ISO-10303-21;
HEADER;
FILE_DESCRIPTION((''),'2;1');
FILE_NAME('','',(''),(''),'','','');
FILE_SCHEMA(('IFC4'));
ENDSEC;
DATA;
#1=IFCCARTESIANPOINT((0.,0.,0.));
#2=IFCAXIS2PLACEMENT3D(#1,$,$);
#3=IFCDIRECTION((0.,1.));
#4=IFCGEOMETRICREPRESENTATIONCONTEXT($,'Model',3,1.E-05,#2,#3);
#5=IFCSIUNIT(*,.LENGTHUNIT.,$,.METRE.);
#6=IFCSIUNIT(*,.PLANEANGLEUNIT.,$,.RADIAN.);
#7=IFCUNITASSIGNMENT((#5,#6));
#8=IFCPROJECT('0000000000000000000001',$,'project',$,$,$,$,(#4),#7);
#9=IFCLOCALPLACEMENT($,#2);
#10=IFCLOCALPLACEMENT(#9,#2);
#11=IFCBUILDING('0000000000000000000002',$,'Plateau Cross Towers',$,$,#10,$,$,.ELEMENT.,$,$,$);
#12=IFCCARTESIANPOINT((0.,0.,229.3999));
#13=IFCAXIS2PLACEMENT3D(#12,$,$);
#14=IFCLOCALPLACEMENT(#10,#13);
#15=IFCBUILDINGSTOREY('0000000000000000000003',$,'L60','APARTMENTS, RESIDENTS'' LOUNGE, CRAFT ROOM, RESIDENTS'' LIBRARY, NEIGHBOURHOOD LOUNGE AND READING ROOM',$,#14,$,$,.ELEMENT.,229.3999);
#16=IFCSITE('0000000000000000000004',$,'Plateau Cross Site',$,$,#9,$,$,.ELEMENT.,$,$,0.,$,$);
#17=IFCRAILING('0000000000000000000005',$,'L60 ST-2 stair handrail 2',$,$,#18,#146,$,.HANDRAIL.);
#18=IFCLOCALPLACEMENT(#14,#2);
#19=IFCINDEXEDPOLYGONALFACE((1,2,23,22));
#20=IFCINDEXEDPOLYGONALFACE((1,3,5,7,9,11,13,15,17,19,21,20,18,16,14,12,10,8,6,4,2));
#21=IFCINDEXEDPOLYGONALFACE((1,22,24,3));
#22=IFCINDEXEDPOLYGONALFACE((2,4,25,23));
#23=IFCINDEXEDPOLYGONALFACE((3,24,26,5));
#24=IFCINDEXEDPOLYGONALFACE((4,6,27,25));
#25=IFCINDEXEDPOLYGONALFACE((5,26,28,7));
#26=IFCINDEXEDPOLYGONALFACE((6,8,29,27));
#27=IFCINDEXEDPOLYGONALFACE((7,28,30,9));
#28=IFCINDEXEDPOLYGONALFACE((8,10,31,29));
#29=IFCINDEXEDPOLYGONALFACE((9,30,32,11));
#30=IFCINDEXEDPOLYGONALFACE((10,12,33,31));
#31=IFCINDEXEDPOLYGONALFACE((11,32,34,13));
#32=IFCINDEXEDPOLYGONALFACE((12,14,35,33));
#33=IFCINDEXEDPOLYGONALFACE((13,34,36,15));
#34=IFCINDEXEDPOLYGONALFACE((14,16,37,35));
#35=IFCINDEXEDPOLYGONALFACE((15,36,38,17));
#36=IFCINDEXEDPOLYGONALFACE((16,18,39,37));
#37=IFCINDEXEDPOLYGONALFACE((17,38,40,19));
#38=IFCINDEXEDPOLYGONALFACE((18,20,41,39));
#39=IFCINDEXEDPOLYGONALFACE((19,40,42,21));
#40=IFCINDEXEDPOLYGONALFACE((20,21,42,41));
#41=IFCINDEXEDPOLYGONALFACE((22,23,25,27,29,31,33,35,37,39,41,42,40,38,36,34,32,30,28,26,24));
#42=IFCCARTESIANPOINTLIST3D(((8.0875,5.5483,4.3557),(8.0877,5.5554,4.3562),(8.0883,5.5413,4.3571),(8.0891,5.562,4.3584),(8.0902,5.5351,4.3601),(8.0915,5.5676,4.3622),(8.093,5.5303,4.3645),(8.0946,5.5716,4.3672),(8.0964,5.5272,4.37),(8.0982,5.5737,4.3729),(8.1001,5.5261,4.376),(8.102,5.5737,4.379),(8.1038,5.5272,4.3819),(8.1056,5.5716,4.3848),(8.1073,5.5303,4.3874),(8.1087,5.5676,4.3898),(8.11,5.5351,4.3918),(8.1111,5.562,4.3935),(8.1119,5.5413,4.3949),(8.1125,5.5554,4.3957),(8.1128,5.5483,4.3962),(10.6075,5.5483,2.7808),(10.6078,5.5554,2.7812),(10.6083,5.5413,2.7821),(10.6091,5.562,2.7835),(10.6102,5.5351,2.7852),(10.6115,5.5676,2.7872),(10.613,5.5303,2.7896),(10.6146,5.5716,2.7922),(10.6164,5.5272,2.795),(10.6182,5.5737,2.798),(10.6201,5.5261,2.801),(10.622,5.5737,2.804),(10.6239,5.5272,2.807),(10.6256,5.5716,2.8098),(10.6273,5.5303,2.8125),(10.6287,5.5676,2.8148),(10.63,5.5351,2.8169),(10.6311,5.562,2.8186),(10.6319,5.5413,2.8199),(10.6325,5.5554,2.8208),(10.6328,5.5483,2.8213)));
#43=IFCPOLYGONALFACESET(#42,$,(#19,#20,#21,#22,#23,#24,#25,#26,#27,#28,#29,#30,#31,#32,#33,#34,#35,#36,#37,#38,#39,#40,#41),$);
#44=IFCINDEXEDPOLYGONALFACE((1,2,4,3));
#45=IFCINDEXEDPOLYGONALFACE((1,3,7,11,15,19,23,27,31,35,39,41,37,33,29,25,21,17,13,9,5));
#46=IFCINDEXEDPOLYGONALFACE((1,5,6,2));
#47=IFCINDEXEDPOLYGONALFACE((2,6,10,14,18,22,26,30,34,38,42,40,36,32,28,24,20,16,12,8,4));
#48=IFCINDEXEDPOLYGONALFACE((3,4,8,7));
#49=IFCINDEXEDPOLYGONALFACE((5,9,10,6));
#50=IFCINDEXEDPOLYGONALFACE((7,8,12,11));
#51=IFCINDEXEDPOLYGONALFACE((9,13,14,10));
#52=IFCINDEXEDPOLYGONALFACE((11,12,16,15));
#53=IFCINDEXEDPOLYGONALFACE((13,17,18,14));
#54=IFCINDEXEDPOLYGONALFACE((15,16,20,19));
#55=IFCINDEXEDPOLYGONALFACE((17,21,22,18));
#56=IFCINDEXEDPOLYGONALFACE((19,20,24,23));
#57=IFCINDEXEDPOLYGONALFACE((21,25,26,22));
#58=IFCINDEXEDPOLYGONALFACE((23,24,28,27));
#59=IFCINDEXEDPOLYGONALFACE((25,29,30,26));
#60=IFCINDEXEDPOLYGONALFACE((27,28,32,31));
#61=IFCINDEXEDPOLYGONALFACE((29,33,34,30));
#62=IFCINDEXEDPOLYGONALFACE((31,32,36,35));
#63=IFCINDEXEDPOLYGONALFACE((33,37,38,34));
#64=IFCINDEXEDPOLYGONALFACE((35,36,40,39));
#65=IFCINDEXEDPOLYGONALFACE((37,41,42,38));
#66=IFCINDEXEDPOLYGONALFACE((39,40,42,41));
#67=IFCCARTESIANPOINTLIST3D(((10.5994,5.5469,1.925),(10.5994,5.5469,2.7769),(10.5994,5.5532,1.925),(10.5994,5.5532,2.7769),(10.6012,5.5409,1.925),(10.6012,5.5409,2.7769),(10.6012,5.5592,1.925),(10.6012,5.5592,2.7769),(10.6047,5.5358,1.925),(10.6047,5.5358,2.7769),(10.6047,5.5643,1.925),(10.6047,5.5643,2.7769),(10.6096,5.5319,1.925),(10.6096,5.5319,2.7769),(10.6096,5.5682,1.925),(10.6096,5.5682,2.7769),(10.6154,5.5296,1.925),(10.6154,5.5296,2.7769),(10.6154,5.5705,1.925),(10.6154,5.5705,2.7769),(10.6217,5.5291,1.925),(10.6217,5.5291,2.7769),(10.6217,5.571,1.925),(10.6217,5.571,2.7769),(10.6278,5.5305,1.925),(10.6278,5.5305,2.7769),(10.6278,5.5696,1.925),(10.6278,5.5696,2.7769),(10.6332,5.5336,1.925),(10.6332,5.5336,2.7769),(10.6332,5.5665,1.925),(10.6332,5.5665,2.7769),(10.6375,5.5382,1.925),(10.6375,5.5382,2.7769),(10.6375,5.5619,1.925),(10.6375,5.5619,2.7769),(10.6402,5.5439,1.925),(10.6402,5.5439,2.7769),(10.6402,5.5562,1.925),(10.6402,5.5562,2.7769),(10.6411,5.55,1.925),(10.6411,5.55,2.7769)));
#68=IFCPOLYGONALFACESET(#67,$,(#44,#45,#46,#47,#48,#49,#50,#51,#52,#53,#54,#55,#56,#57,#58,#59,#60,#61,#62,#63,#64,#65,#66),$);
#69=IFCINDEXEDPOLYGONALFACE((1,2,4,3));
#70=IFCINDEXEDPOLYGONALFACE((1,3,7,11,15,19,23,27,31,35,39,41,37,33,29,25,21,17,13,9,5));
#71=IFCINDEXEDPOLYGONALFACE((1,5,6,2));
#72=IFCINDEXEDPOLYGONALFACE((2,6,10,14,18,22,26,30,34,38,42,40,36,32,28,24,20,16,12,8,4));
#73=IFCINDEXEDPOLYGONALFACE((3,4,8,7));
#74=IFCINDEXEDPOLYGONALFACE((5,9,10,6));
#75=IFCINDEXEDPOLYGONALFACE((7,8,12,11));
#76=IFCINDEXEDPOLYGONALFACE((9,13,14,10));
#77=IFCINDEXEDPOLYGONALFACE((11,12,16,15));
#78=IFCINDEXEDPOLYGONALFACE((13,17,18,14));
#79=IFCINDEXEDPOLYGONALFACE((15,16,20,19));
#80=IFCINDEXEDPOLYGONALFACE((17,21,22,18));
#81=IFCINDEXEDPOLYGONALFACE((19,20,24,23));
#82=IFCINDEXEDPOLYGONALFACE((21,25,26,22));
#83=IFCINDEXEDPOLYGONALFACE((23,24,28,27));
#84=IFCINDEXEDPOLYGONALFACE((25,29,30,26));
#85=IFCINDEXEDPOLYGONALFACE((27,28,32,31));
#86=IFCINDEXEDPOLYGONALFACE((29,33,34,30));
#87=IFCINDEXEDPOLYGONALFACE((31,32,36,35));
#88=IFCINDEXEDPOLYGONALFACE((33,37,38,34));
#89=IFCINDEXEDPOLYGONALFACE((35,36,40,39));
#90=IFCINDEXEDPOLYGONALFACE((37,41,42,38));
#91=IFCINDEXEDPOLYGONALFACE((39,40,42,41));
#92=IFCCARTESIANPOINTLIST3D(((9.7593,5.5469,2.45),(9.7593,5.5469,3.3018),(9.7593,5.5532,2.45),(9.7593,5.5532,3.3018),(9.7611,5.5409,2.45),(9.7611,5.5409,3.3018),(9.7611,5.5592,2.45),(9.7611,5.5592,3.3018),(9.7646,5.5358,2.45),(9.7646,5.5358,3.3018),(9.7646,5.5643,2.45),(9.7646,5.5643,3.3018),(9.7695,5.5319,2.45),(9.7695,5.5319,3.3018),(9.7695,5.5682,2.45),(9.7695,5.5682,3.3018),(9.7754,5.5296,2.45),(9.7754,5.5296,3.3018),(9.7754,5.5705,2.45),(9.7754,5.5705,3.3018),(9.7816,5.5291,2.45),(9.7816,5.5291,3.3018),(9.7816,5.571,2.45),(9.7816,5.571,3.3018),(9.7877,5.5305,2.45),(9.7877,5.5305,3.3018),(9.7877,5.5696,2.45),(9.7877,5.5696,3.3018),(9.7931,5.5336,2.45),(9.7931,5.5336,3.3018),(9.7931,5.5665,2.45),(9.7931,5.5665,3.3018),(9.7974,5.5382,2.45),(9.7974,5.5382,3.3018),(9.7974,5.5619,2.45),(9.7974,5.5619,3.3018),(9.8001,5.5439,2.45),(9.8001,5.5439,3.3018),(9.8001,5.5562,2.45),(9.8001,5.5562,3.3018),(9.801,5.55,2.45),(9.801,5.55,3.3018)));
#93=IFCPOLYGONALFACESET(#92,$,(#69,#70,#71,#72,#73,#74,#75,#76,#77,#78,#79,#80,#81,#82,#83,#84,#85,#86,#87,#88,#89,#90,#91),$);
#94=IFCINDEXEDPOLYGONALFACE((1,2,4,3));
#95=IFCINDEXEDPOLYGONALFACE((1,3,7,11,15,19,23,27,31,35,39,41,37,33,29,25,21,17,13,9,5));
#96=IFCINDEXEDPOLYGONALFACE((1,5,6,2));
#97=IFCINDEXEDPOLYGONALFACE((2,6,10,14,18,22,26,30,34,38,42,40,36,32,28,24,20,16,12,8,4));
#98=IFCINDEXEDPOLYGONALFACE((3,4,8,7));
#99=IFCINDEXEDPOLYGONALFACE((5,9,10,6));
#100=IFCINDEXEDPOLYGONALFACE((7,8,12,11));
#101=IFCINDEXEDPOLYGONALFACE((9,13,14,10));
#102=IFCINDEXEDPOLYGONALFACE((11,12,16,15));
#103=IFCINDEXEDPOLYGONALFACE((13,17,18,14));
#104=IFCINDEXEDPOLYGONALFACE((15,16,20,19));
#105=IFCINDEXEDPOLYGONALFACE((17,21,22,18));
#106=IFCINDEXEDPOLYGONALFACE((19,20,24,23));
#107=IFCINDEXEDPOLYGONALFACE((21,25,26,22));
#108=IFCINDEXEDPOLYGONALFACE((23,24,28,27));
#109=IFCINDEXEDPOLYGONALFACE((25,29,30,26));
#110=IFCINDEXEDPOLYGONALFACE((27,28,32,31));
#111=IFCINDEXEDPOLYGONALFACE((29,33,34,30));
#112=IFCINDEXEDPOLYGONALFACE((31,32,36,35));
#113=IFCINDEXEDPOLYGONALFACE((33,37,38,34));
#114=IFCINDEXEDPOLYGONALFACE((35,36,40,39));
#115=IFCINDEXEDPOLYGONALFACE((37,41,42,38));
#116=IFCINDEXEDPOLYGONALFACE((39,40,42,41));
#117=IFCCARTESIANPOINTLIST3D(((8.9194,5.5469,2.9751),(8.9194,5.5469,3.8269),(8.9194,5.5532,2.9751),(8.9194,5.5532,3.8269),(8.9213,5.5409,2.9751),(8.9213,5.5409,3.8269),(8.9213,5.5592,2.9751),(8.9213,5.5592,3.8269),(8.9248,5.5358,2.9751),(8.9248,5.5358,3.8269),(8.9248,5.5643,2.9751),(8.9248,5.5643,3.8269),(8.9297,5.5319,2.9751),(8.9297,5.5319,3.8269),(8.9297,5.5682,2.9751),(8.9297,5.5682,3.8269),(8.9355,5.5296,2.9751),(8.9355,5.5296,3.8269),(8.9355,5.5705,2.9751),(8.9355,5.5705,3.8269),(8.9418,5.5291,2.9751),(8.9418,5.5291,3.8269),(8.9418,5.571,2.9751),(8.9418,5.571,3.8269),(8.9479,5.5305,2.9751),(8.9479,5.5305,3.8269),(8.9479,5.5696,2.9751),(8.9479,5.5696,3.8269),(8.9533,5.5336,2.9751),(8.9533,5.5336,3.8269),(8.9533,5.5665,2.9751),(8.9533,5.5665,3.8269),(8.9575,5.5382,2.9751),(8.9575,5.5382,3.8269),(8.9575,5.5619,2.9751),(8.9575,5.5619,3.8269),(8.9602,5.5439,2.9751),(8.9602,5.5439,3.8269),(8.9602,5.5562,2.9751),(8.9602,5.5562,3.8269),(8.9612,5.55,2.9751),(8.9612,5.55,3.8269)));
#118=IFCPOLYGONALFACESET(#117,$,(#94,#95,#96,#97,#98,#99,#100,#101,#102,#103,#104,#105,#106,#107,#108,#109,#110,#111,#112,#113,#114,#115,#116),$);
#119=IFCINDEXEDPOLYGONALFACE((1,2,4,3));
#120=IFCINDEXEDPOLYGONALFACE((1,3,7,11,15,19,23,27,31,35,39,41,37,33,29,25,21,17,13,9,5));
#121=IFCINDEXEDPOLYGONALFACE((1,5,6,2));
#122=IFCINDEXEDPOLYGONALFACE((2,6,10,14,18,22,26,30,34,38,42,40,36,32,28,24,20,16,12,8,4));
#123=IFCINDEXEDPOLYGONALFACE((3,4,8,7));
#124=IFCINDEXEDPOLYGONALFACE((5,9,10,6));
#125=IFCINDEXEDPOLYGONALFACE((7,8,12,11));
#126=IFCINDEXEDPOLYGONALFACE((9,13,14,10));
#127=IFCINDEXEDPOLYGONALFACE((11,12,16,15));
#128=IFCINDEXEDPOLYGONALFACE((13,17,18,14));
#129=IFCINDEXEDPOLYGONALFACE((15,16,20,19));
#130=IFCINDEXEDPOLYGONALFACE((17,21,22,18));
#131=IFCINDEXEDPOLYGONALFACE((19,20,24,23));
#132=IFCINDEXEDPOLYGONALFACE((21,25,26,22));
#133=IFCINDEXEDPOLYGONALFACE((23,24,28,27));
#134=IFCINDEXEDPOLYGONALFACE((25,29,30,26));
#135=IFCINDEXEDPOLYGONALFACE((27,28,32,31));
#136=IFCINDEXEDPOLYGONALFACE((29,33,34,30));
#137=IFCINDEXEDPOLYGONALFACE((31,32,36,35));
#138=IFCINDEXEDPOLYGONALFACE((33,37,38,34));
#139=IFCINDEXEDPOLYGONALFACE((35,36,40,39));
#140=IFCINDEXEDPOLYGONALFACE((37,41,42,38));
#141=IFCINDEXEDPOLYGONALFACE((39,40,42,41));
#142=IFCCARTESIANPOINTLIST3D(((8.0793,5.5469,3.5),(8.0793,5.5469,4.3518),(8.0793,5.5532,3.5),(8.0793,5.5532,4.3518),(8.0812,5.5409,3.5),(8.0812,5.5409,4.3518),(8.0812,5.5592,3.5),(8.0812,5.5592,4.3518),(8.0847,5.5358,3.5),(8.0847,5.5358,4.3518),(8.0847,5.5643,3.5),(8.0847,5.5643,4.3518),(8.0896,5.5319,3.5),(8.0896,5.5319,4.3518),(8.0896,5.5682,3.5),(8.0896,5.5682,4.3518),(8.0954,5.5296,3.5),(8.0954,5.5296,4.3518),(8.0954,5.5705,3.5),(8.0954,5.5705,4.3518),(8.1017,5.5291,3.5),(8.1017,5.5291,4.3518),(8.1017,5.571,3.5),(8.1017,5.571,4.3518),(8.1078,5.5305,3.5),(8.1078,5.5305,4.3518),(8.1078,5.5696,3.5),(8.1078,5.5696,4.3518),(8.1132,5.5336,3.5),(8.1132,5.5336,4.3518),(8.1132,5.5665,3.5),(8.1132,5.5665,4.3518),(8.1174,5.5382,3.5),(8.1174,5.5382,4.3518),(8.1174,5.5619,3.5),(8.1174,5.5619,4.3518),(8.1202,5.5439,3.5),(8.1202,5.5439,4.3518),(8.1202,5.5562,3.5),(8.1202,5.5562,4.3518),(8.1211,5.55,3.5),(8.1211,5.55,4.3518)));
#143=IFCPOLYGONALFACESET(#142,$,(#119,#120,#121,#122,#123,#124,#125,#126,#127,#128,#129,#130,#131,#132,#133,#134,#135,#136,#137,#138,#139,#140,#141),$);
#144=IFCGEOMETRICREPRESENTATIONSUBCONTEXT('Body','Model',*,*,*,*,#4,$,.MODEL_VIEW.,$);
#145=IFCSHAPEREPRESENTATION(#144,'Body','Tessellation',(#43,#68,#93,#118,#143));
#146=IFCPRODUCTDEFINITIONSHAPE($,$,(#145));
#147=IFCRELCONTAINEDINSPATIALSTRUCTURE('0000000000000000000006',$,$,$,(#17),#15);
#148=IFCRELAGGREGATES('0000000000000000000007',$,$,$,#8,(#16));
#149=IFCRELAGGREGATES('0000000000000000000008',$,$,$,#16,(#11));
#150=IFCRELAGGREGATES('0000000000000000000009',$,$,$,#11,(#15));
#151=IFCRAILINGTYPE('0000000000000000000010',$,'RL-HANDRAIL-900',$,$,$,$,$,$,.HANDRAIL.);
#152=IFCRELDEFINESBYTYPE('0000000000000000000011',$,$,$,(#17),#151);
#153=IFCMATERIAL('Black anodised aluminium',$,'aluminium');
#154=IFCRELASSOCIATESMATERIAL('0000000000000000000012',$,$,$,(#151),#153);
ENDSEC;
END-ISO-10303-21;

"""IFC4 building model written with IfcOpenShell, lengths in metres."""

from ifc_helpers import new_model, si_unit, direction, frame, origin, origin_2d, place, context, subcontext, project, spatial, circle, extrude, material, type_object, element, save


model = new_model("IFC4")

# Units and contexts
model_context = context("Model", 3, precision=1e-05, world=origin(), true_north=direction((0.0, 1.0)))
body_context = subcontext(model_context, "Body", "Model", "MODEL_VIEW")
ifc_project = project(units=[si_unit("LENGTHUNIT", "METRE"), si_unit("PLANEANGLEUNIT", "RADIAN")], contexts=[model_context])

# Site, building, storey
site_placement = place(None, origin())
site = spatial("IfcSite", under=ifc_project, at=site_placement, Name="Plateau Cross Site", CompositionType="ELEMENT", RefElevation=0.0)
building_placement = place(site_placement, origin())
building = spatial("IfcBuilding", under=site, at=building_placement, Name="Plateau Cross Towers", CompositionType="ELEMENT")
storey_placement = place(building_placement, frame((0.0, 0.0, 229.3999)))
storey = spatial("IfcBuildingStorey", under=building, at=storey_placement, Name="L60", Description="APARTMENTS, RESIDENTS' LOUNGE, CRAFT ROOM, RESIDENTS' LIBRARY, NEIGHBOURHOOD LOUNGE AND READING ROOM", CompositionType="ELEMENT", Elevation=229.3999)

# Railing
ifc_material_1 = material(Name="Black anodised aluminium", Category="aluminium")
railing_type_1 = type_object("IfcRailingType", Name="RL-HANDRAIL-900", PredefinedType="HANDRAIL", material=ifc_material_1)
railing_1_placement = place(storey_placement, frame((10.6201, 5.55, 1.925)))
element("IfcRailing", 1, at=railing_1_placement, inside=storey, type_object=railing_type_1, Name="L60 ST-2 stair handrail 2", PredefinedType="HANDRAIL", context=body_context, shape_type="SweptSolid", body=[
    extrude(circle(Radius=0.0239, at=origin_2d()), frame((0.0, 0.0, 0.876), z_axis=(-0.848008, 0.0, 0.529984), x_axis=(0.0, -1.0, 0.0)), (0.0, 0.0, 1.0), 2.9717),
    extrude(circle(Radius=0.021, at=origin_2d()), origin(), (0.0, 0.0, 1.0), 0.8518),
    extrude(circle(Radius=0.021, at=origin_2d()), frame((-0.8401, 0.0, 0.5249)), (0.0, 0.0, 1.0), 0.8518),
    extrude(circle(Radius=0.021, at=origin_2d()), frame((-1.6799, 0.0, 1.05)), (0.0, 0.0, 1.0), 0.8518),
    extrude(circle(Radius=0.021, at=origin_2d()), frame((-2.52, 0.0, 1.575)), (0.0, 0.0, 1.0), 0.8518),
])

save(model, "model.ifc")
